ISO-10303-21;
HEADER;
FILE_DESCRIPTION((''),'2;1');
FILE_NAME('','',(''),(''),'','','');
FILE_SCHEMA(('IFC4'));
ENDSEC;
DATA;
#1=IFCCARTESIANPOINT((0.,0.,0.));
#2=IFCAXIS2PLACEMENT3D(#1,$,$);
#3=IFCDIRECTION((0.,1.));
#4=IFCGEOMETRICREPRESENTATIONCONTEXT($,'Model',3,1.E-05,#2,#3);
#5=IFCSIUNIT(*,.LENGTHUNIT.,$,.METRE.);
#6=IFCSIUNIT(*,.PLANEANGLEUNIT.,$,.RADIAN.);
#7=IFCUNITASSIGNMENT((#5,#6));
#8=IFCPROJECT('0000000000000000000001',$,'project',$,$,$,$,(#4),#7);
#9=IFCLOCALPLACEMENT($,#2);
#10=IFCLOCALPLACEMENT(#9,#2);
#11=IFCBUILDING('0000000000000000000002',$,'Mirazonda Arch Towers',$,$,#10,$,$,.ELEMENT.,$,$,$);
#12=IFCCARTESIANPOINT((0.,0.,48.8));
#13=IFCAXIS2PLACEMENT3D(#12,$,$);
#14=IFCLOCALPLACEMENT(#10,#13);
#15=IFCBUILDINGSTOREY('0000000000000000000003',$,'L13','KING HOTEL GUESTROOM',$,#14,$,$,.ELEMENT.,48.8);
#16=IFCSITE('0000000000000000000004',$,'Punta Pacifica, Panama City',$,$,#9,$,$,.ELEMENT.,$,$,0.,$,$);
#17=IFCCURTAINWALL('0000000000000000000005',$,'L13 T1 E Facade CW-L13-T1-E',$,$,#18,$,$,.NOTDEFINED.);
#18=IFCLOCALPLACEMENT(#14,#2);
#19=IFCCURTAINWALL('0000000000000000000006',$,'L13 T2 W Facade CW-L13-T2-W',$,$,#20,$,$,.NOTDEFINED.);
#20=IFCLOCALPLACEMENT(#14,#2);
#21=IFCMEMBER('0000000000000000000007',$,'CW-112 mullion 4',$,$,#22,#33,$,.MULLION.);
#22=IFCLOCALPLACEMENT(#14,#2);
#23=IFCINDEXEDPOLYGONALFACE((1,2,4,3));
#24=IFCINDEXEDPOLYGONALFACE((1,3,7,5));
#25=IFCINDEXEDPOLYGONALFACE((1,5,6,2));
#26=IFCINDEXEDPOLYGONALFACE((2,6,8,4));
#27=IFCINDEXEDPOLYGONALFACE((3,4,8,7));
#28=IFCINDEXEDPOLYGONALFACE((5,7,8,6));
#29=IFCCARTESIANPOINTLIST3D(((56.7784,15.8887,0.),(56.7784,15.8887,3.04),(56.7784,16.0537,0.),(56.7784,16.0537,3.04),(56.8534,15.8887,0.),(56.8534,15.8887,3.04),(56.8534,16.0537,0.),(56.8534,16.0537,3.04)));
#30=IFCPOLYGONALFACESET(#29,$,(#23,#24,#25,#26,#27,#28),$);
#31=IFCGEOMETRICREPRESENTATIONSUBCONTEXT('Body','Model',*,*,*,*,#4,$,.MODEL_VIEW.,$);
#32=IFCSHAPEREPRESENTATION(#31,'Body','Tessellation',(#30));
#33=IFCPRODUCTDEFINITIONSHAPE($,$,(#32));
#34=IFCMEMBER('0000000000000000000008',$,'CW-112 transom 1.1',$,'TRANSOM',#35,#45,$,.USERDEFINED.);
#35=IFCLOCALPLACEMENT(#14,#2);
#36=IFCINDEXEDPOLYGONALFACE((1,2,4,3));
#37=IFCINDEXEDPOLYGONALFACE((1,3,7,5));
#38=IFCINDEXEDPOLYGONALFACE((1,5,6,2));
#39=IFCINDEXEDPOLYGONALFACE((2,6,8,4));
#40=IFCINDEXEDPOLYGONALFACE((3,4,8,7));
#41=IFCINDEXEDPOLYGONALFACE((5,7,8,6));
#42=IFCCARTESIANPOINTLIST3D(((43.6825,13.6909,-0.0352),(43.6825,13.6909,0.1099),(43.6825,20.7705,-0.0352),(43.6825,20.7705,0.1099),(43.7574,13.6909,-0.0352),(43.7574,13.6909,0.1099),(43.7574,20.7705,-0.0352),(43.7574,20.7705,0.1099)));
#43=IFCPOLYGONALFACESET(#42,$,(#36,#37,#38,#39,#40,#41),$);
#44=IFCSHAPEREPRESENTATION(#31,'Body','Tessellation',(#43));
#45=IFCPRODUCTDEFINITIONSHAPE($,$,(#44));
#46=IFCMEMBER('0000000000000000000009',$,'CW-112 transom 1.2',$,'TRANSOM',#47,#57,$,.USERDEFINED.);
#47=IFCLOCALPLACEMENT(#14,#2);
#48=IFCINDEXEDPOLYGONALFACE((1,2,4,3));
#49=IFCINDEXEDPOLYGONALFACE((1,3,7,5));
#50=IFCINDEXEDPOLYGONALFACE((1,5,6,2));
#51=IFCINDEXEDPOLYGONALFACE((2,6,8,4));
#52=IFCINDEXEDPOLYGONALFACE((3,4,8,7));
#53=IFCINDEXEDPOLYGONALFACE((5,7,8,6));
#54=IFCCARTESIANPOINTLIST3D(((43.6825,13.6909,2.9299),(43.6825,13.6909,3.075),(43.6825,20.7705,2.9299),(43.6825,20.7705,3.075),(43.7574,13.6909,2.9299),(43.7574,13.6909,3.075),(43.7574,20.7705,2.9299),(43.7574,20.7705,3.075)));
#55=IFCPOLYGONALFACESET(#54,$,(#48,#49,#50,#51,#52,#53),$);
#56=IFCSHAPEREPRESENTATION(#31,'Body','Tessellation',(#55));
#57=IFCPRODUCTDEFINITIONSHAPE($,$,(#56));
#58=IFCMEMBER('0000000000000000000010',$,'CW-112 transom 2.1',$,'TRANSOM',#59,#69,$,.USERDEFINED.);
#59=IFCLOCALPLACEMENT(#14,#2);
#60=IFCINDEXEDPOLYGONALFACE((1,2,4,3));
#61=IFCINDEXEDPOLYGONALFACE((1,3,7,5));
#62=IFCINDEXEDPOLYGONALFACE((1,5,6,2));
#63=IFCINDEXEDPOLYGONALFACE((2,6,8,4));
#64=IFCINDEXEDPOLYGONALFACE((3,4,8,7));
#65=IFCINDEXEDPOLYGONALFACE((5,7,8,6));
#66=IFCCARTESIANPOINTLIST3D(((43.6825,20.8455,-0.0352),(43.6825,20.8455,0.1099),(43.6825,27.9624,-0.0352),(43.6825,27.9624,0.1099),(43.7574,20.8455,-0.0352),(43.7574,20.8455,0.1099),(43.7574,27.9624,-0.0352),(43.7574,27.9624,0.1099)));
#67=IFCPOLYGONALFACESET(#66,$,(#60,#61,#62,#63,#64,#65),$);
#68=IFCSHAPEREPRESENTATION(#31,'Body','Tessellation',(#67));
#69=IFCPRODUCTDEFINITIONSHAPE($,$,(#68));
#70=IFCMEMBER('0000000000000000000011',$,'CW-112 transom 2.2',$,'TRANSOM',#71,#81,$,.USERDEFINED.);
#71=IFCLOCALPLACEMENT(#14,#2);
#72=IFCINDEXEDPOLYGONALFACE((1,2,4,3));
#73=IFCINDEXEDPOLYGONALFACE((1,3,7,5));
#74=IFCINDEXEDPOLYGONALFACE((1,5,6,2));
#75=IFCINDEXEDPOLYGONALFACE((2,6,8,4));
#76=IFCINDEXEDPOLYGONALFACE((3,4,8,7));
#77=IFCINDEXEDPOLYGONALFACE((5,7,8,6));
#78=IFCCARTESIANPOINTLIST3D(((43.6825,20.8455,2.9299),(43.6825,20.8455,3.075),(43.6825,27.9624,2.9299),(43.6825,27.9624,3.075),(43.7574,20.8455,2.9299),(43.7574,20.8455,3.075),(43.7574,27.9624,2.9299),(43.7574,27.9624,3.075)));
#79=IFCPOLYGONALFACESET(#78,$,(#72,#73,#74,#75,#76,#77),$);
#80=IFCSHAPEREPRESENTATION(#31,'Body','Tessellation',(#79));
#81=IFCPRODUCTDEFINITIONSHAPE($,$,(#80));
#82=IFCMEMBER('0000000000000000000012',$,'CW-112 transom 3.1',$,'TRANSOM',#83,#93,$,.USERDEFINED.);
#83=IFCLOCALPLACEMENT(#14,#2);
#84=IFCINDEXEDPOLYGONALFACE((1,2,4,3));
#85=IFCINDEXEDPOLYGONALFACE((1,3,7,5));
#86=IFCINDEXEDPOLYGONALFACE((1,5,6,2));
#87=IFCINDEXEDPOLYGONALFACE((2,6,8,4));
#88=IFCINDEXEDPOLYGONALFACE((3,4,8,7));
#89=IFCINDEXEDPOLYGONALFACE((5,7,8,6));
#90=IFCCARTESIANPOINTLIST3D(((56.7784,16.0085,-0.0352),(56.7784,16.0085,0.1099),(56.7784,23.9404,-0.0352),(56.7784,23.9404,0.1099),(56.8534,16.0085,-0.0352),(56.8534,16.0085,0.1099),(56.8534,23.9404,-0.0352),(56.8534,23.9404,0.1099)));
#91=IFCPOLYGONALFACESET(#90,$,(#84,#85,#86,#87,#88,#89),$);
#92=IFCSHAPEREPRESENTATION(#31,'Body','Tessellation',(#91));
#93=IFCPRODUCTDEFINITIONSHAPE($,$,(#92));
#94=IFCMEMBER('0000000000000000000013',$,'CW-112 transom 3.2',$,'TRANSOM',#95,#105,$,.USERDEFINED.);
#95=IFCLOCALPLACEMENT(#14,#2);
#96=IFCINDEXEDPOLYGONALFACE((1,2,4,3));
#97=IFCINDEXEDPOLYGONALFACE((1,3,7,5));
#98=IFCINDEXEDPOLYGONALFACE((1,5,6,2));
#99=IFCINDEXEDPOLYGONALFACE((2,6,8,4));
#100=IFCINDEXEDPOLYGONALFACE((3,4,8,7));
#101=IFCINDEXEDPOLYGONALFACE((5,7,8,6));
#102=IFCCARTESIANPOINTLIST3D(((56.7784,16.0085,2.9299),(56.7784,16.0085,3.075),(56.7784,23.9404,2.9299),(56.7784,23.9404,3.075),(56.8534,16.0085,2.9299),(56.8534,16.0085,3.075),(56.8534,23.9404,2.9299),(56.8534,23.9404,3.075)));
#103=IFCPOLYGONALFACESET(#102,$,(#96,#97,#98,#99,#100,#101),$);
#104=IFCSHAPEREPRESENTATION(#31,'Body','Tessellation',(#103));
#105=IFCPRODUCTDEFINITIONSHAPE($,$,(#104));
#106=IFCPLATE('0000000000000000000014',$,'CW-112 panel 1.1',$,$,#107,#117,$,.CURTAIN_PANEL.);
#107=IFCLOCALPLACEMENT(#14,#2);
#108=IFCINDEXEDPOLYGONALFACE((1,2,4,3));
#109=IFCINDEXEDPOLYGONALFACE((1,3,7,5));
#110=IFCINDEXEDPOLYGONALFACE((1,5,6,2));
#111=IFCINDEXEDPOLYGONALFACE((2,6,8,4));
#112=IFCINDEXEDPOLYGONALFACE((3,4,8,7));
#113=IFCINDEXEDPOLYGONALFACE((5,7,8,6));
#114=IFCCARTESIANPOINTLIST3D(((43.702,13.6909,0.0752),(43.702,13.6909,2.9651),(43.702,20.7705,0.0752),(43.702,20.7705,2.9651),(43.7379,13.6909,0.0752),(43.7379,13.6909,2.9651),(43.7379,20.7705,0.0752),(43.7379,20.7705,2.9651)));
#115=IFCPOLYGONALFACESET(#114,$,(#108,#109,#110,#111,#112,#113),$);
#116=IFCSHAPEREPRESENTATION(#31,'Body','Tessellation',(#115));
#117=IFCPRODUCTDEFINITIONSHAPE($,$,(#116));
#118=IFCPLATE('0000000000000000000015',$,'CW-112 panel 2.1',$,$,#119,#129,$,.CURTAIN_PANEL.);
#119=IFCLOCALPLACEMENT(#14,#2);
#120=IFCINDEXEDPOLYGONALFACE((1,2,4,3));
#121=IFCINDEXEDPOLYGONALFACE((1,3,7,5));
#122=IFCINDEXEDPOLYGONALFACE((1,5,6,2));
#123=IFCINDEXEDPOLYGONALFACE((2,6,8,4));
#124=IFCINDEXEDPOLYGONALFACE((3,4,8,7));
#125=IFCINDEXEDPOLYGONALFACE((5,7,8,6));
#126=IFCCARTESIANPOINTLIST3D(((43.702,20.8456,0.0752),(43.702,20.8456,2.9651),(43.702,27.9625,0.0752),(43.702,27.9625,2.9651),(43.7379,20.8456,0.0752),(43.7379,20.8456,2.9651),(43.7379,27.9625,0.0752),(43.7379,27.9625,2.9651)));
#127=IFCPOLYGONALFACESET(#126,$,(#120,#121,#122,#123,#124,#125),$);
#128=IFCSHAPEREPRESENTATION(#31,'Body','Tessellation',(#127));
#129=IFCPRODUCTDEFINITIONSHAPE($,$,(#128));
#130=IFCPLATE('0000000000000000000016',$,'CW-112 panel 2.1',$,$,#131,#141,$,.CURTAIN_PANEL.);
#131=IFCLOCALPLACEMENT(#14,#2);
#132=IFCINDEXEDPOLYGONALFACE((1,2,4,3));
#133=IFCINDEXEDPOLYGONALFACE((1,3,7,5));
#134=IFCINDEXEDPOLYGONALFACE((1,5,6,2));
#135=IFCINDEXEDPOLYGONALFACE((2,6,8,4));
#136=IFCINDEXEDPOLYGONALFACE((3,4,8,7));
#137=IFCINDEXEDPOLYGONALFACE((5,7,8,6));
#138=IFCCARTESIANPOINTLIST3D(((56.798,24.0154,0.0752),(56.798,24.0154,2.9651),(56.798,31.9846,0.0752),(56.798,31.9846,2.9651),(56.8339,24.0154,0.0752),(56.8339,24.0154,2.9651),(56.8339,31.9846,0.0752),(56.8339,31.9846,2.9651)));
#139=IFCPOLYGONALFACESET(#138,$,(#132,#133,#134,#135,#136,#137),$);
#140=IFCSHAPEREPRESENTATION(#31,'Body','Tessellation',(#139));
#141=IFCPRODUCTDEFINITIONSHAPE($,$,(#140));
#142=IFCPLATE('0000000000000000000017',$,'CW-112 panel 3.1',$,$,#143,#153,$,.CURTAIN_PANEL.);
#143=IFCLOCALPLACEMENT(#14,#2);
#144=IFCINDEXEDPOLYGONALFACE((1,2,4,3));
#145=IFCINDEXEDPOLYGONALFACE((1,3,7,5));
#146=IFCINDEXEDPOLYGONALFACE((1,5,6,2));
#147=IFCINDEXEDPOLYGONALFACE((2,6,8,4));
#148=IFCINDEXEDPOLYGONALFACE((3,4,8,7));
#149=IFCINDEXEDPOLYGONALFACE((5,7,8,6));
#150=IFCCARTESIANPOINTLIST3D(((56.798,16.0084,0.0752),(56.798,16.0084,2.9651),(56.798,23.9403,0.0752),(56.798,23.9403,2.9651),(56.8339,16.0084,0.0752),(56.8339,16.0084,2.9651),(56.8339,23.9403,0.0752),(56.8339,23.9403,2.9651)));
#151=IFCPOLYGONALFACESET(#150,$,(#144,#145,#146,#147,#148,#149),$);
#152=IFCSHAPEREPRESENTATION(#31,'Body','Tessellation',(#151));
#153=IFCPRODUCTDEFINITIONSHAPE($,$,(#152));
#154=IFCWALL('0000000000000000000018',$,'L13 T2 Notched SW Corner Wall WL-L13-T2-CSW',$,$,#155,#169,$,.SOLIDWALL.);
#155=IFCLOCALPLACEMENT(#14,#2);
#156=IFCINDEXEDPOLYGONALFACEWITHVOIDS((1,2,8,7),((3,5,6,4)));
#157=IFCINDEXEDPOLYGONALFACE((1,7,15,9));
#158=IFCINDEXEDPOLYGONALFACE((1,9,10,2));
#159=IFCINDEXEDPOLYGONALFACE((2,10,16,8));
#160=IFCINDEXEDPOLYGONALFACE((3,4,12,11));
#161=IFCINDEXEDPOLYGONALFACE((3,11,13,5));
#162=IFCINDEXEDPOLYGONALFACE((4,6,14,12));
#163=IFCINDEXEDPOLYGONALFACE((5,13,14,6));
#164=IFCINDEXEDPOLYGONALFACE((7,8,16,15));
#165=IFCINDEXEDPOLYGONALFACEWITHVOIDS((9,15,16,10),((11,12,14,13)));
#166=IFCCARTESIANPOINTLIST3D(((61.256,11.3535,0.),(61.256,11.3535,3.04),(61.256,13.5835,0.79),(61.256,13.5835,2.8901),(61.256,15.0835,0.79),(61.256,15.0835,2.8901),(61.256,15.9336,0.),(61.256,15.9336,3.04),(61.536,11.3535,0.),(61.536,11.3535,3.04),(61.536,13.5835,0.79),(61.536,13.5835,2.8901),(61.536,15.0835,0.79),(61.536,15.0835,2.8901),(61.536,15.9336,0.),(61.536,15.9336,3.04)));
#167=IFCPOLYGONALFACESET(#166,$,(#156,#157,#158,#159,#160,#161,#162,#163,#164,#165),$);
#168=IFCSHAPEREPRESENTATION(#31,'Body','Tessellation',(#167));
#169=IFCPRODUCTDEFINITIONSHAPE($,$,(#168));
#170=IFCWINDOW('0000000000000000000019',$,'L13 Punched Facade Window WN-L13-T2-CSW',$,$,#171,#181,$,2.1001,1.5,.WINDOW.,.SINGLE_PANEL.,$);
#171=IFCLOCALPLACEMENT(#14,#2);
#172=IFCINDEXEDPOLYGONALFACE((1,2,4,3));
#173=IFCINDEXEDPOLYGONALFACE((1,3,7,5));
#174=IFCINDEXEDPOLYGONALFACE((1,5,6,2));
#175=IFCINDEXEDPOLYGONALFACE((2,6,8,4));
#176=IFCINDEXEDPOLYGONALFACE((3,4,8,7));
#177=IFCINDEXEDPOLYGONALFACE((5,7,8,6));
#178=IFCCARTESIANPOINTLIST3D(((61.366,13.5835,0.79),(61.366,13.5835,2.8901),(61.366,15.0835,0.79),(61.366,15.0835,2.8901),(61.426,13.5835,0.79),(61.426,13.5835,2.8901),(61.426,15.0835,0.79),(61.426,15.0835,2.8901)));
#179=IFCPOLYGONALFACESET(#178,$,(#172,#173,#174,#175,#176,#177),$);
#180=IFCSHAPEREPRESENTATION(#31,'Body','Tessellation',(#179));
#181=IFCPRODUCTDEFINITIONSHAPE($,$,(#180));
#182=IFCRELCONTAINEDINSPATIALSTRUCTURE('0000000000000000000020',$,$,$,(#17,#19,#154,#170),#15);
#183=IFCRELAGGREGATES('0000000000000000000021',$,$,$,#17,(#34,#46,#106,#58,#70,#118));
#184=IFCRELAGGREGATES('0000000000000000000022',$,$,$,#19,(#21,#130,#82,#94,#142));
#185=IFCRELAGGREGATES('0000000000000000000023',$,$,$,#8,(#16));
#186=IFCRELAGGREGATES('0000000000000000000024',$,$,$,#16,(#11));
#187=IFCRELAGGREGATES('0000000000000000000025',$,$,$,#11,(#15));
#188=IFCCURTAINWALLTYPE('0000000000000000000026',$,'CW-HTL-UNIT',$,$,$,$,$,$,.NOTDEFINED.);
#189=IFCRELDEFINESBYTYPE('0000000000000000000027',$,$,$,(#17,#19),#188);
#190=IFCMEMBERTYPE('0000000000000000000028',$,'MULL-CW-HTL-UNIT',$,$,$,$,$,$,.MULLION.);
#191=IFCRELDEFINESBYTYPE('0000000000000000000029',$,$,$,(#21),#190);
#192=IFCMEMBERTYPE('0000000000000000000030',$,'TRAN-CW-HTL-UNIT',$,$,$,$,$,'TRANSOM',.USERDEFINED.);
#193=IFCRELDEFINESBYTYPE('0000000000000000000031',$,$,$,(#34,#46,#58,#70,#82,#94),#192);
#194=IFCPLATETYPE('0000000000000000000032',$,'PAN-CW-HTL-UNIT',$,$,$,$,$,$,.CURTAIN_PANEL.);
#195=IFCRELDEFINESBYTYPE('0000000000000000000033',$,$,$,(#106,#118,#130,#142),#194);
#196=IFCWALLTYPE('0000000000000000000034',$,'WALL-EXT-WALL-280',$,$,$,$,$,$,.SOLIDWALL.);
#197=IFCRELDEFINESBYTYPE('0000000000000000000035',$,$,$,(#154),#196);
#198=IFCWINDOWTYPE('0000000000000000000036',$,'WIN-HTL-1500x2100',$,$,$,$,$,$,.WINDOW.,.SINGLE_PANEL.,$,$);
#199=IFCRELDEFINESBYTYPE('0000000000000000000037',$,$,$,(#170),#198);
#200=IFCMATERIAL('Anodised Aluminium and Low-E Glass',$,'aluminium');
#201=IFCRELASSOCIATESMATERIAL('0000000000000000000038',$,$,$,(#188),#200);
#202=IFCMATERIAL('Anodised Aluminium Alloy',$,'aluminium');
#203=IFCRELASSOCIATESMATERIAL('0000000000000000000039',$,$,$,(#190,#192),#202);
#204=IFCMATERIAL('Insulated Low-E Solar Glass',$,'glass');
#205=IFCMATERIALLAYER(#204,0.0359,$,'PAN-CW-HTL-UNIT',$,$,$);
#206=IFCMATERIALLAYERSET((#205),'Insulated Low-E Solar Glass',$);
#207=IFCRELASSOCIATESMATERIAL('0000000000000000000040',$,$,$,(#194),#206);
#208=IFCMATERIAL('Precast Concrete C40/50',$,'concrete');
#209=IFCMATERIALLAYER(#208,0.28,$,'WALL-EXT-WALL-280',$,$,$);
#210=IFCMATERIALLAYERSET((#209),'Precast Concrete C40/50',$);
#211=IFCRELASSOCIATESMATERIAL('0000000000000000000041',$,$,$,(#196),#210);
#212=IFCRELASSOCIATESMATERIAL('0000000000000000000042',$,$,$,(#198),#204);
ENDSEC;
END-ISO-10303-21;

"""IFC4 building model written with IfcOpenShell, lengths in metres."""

from ifc_helpers import new_model, si_unit, direction, frame, frame_2d, origin, origin_2d, place, context, subcontext, project, spatial, rectangle, extrude, material, layer, layer_set, material_profile, profile_set, type_object, element, fill, aggregate, save


model = new_model("IFC4")

# Units and contexts
model_context = context("Model", 3, precision=1e-05, world=origin(), true_north=direction((0.0, 1.0)))
body_context = subcontext(model_context, "Body", "Model", "MODEL_VIEW")
ifc_project = project(units=[si_unit("LENGTHUNIT", "METRE"), si_unit("PLANEANGLEUNIT", "RADIAN")], contexts=[model_context])

# Site, building, storey
site_placement = place(None, origin())
site = spatial("IfcSite", under=ifc_project, at=site_placement, Name="Punta Pacifica, Panama City", CompositionType="ELEMENT", RefElevation=0.0)
building_placement = place(site_placement, origin())
building = spatial("IfcBuilding", under=site, at=building_placement, Name="Mirazonda Arch Towers", CompositionType="ELEMENT")
storey_placement = place(building_placement, frame((0.0, 0.0, 48.8)))
storey = spatial("IfcBuildingStorey", under=building, at=storey_placement, Name="L13", Description="KING HOTEL GUESTROOM", CompositionType="ELEMENT", Elevation=48.8)

# Curtain wall
ifc_material_1 = material(Name="Anodised Aluminium and Low-E Glass", Category="aluminium")
curtain_wall_type = type_object("IfcCurtainWallType", Name="CW-HTL-UNIT", PredefinedType="NOTDEFINED", material=ifc_material_1)
curtain_wall_1_placement = place(storey_placement, origin())
curtain_wall_1 = element("IfcCurtainWall", 1, at=curtain_wall_1_placement, inside=storey, type_object=curtain_wall_type, Name="L13 T1 E Facade CW-L13-T1-E", PredefinedType="NOTDEFINED")
ifc_material_2 = material(Name="Anodised Aluminium Alloy", Category="aluminium")
ifc_material_profile_1 = material_profile(ifc_material_2, rectangle(XDim=0.075, YDim=0.165, at=origin_2d()), Name="ALU-MULL-75x165")
ifc_profile_set_1 = profile_set([ifc_material_profile_1], Name="Anodised Aluminium Alloy")
member_type_1 = type_object("IfcMemberType", Name="MULL-CW-HTL-UNIT", PredefinedType="MULLION", material=ifc_profile_set_1)

# Curtain wall, member
curtain_wall_2_placement = place(storey_placement, origin())
curtain_wall_2 = element("IfcCurtainWall", 2, at=curtain_wall_2_placement, inside=storey, type_object=curtain_wall_type, Name="L13 T2 W Facade CW-L13-T2-W", PredefinedType="NOTDEFINED")
member_1_placement = place(storey_placement, frame((56.8159, 15.9712, 0.0), z_axis=(0.0, 0.0, 1.0), x_axis=(1.0, 0.0, 0.0)))
member_1 = element("IfcMember", 3, at=member_1_placement, type_object=member_type_1, Name="CW-112 mullion 4", PredefinedType="MULLION", context=body_context, shape_type="SweptSolid", body=[
    extrude(rectangle(XDim=0.075, YDim=0.165, at=origin_2d()), origin(), (0.0, 0.0, 1.0), 3.04),
])

# Members
ifc_material_profile_2 = material_profile(ifc_material_2, rectangle(XDim=0.075, YDim=0.145, at=origin_2d()), Name="ALU-TRAN-75x145")
ifc_profile_set_2 = profile_set([ifc_material_profile_2], Name="Anodised Aluminium Alloy")
member_type_2 = type_object("IfcMemberType", Name="TRAN-CW-HTL-UNIT", ElementType="TRANSOM", PredefinedType="USERDEFINED", material=ifc_profile_set_2)
member_2_placement = place(storey_placement, frame((43.72, 13.6909, 0.0374), z_axis=(0.0, 1.0, 0.0), x_axis=(-1.0, 0.0, 0.0)))
member_2 = element("IfcMember", 4, at=member_2_placement, type_object=member_type_2, Name="CW-112 transom 1.1", ObjectType="TRANSOM", PredefinedType="USERDEFINED", context=body_context, shape_type="SweptSolid", body=[
    extrude(rectangle(XDim=0.075, YDim=0.145, at=origin_2d()), origin(), (0.0, 0.0, 1.0), 7.0796),
])
member_3_placement = place(storey_placement, frame((43.72, 13.6909, 3.0024), z_axis=(0.0, 1.0, 0.0), x_axis=(-1.0, 0.0, 0.0)))
member_3 = element("IfcMember", 5, at=member_3_placement, type_object=member_type_2, Name="CW-112 transom 1.2", ObjectType="TRANSOM", PredefinedType="USERDEFINED", context=body_context, shape_type="SweptSolid", body=[
    extrude(rectangle(XDim=0.075, YDim=0.145, at=origin_2d()), origin(), (0.0, 0.0, 1.0), 7.0796),
])
member_4_placement = place(storey_placement, frame((43.72, 20.8455, 0.0374), z_axis=(0.0, 1.0, 0.0), x_axis=(-1.0, 0.0, 0.0)))
member_4 = element("IfcMember", 6, at=member_4_placement, type_object=member_type_2, Name="CW-112 transom 2.1", ObjectType="TRANSOM", PredefinedType="USERDEFINED", context=body_context, shape_type="SweptSolid", body=[
    extrude(rectangle(XDim=0.075, YDim=0.145, at=origin_2d()), origin(), (0.0, 0.0, 1.0), 7.1169),
])
member_5_placement = place(storey_placement, frame((43.72, 20.8455, 3.0024), z_axis=(0.0, 1.0, 0.0), x_axis=(-1.0, 0.0, 0.0)))
member_5 = element("IfcMember", 7, at=member_5_placement, type_object=member_type_2, Name="CW-112 transom 2.2", ObjectType="TRANSOM", PredefinedType="USERDEFINED", context=body_context, shape_type="SweptSolid", body=[
    extrude(rectangle(XDim=0.075, YDim=0.145, at=origin_2d()), origin(), (0.0, 0.0, 1.0), 7.1169),
])
member_6_placement = place(storey_placement, frame((56.8159, 23.9404, 0.0374), z_axis=(0.0, -1.0, 0.0), x_axis=(1.0, 0.0, 0.0)))
member_6 = element("IfcMember", 8, at=member_6_placement, type_object=member_type_2, Name="CW-112 transom 3.1", ObjectType="TRANSOM", PredefinedType="USERDEFINED", context=body_context, shape_type="SweptSolid", body=[
    extrude(rectangle(XDim=0.075, YDim=0.145, at=origin_2d()), origin(), (0.0, 0.0, 1.0), 7.9319),
])
member_7_placement = place(storey_placement, frame((56.8159, 23.9404, 3.0024), z_axis=(0.0, -1.0, 0.0), x_axis=(1.0, 0.0, 0.0)))
member_7 = element("IfcMember", 9, at=member_7_placement, type_object=member_type_2, Name="CW-112 transom 3.2", ObjectType="TRANSOM", PredefinedType="USERDEFINED", context=body_context, shape_type="SweptSolid", body=[
    extrude(rectangle(XDim=0.075, YDim=0.145, at=origin_2d()), origin(), (0.0, 0.0, 1.0), 7.9319),
])

# Plates
ifc_material_3 = material(Name="Insulated Low-E Solar Glass", Category="glass")
ifc_layer_1 = layer(ifc_material_3, 0.0359, Name="PAN-CW-HTL-UNIT")
ifc_layer_set_1 = layer_set([ifc_layer_1], Name="Insulated Low-E Solar Glass")
plate_type = type_object("IfcPlateType", Name="PAN-CW-HTL-UNIT", PredefinedType="CURTAIN_PANEL", material=ifc_layer_set_1)
plate_1_placement = place(storey_placement, frame((43.72, 17.2307, 0.0752), z_axis=(0.0, 0.0, 1.0), x_axis=(0.0, 1.0, 0.0)))
plate_1 = element("IfcPlate", 10, at=plate_1_placement, type_object=plate_type, Name="CW-112 panel 1.1", PredefinedType="CURTAIN_PANEL", context=body_context, shape_type="SweptSolid", body=[
    extrude(rectangle(XDim=7.0796, YDim=0.0359, at=origin_2d()), origin(), (0.0, 0.0, 1.0), 2.8899),
])
plate_2_placement = place(storey_placement, frame((43.72, 24.4041, 0.0752), z_axis=(0.0, 0.0, 1.0), x_axis=(0.0, 1.0, 0.0)))
plate_2 = element("IfcPlate", 11, at=plate_2_placement, type_object=plate_type, Name="CW-112 panel 2.1", PredefinedType="CURTAIN_PANEL", context=body_context, shape_type="SweptSolid", body=[
    extrude(rectangle(XDim=7.1169, YDim=0.0359, at=origin_2d()), origin(), (0.0, 0.0, 1.0), 2.8899),
])
aggregate(curtain_wall_1, [member_2, member_3, plate_1, member_4, member_5, plate_2])
plate_3_placement = place(storey_placement, frame((56.8159, 28.0, 0.0752), z_axis=(0.0, 0.0, 1.0), x_axis=(0.0, -1.0, 0.0)))
plate_3 = element("IfcPlate", 12, at=plate_3_placement, type_object=plate_type, Name="CW-112 panel 2.1", PredefinedType="CURTAIN_PANEL", context=body_context, shape_type="SweptSolid", body=[
    extrude(rectangle(XDim=7.9692, YDim=0.0359, at=origin_2d()), origin(), (0.0, 0.0, 1.0), 2.8899),
])
plate_4_placement = place(storey_placement, frame((56.8159, 19.9744, 0.0752), z_axis=(0.0, 0.0, 1.0), x_axis=(0.0, -1.0, 0.0)))
plate_4 = element("IfcPlate", 13, at=plate_4_placement, type_object=plate_type, Name="CW-112 panel 3.1", PredefinedType="CURTAIN_PANEL", context=body_context, shape_type="SweptSolid", body=[
    extrude(rectangle(XDim=7.9319, YDim=0.0359, at=origin_2d()), origin(), (0.0, 0.0, 1.0), 2.8899),
])
aggregate(curtain_wall_2, [member_1, plate_3, member_6, member_7, plate_4])

# Wall, opening, window
ifc_material_4 = material(Name="Precast Concrete C40/50", Category="concrete")
ifc_layer_2 = layer(ifc_material_4, 0.28, Name="WALL-EXT-WALL-280")
ifc_layer_set_2 = layer_set([ifc_layer_2], Name="Precast Concrete C40/50")
wall_type_1 = type_object("IfcWallType", Name="WALL-EXT-WALL-280", PredefinedType="SOLIDWALL", material=ifc_layer_set_2)
wall_1_placement = place(storey_placement, frame((61.396, 15.9336, 0.0), z_axis=(0.0, 0.0, 1.0), x_axis=(0.0, -1.0, 0.0)))
wall_1 = element("IfcWall", 14, at=wall_1_placement, inside=storey, type_object=wall_type_1, Name="L13 T2 Notched SW Corner Wall WL-L13-T2-CSW", PredefinedType="SOLIDWALL", context=body_context, shape_type="SweptSolid", body=[
    extrude(rectangle(XDim=4.5801, YDim=0.28, at=frame_2d((2.29, 0.0))), origin(), (0.0, 0.0, 1.0), 3.04),
])
opening_1_placement = place(wall_1_placement, frame((0.8501, 0.0, 0.79)))
opening_1 = element("IfcOpeningElement", 15, at=opening_1_placement, cuts=wall_1, PredefinedType="OPENING", context=body_context, shape_type="SweptSolid", body=[
    extrude(rectangle(XDim=1.5, YDim=2.1001, at=frame_2d((0.75, 1.05))), frame((0.0, 0.1499, 0.0), z_axis=(0.0, -1.0, 0.0), x_axis=(1.0, 0.0, 0.0)), (0.0, 0.0, 1.0), 0.3),
])
window_type_1 = type_object("IfcWindowType", Name="WIN-HTL-1500x2100", PartitioningType="SINGLE_PANEL", PredefinedType="WINDOW", material=ifc_material_3)
window_1_placement = place(opening_1_placement, origin())
window_1 = element("IfcWindow", 16, at=window_1_placement, inside=storey, type_object=window_type_1, Name="L13 Punched Facade Window WN-L13-T2-CSW", OverallHeight=2.1001, OverallWidth=1.5, PartitioningType="SINGLE_PANEL", PredefinedType="WINDOW", context=body_context, shape_type="SweptSolid", body=[
    extrude(rectangle(XDim=1.5, YDim=2.1001, at=frame_2d((0.75, 1.05))), frame((0.0, 0.03, 0.0), z_axis=(0.0, -1.0, 0.0), x_axis=(1.0, 0.0, 0.0)), (0.0, 0.0, 1.0), 0.0601),
])
fill(opening_1, window_1)

save(model, "model.ifc")
